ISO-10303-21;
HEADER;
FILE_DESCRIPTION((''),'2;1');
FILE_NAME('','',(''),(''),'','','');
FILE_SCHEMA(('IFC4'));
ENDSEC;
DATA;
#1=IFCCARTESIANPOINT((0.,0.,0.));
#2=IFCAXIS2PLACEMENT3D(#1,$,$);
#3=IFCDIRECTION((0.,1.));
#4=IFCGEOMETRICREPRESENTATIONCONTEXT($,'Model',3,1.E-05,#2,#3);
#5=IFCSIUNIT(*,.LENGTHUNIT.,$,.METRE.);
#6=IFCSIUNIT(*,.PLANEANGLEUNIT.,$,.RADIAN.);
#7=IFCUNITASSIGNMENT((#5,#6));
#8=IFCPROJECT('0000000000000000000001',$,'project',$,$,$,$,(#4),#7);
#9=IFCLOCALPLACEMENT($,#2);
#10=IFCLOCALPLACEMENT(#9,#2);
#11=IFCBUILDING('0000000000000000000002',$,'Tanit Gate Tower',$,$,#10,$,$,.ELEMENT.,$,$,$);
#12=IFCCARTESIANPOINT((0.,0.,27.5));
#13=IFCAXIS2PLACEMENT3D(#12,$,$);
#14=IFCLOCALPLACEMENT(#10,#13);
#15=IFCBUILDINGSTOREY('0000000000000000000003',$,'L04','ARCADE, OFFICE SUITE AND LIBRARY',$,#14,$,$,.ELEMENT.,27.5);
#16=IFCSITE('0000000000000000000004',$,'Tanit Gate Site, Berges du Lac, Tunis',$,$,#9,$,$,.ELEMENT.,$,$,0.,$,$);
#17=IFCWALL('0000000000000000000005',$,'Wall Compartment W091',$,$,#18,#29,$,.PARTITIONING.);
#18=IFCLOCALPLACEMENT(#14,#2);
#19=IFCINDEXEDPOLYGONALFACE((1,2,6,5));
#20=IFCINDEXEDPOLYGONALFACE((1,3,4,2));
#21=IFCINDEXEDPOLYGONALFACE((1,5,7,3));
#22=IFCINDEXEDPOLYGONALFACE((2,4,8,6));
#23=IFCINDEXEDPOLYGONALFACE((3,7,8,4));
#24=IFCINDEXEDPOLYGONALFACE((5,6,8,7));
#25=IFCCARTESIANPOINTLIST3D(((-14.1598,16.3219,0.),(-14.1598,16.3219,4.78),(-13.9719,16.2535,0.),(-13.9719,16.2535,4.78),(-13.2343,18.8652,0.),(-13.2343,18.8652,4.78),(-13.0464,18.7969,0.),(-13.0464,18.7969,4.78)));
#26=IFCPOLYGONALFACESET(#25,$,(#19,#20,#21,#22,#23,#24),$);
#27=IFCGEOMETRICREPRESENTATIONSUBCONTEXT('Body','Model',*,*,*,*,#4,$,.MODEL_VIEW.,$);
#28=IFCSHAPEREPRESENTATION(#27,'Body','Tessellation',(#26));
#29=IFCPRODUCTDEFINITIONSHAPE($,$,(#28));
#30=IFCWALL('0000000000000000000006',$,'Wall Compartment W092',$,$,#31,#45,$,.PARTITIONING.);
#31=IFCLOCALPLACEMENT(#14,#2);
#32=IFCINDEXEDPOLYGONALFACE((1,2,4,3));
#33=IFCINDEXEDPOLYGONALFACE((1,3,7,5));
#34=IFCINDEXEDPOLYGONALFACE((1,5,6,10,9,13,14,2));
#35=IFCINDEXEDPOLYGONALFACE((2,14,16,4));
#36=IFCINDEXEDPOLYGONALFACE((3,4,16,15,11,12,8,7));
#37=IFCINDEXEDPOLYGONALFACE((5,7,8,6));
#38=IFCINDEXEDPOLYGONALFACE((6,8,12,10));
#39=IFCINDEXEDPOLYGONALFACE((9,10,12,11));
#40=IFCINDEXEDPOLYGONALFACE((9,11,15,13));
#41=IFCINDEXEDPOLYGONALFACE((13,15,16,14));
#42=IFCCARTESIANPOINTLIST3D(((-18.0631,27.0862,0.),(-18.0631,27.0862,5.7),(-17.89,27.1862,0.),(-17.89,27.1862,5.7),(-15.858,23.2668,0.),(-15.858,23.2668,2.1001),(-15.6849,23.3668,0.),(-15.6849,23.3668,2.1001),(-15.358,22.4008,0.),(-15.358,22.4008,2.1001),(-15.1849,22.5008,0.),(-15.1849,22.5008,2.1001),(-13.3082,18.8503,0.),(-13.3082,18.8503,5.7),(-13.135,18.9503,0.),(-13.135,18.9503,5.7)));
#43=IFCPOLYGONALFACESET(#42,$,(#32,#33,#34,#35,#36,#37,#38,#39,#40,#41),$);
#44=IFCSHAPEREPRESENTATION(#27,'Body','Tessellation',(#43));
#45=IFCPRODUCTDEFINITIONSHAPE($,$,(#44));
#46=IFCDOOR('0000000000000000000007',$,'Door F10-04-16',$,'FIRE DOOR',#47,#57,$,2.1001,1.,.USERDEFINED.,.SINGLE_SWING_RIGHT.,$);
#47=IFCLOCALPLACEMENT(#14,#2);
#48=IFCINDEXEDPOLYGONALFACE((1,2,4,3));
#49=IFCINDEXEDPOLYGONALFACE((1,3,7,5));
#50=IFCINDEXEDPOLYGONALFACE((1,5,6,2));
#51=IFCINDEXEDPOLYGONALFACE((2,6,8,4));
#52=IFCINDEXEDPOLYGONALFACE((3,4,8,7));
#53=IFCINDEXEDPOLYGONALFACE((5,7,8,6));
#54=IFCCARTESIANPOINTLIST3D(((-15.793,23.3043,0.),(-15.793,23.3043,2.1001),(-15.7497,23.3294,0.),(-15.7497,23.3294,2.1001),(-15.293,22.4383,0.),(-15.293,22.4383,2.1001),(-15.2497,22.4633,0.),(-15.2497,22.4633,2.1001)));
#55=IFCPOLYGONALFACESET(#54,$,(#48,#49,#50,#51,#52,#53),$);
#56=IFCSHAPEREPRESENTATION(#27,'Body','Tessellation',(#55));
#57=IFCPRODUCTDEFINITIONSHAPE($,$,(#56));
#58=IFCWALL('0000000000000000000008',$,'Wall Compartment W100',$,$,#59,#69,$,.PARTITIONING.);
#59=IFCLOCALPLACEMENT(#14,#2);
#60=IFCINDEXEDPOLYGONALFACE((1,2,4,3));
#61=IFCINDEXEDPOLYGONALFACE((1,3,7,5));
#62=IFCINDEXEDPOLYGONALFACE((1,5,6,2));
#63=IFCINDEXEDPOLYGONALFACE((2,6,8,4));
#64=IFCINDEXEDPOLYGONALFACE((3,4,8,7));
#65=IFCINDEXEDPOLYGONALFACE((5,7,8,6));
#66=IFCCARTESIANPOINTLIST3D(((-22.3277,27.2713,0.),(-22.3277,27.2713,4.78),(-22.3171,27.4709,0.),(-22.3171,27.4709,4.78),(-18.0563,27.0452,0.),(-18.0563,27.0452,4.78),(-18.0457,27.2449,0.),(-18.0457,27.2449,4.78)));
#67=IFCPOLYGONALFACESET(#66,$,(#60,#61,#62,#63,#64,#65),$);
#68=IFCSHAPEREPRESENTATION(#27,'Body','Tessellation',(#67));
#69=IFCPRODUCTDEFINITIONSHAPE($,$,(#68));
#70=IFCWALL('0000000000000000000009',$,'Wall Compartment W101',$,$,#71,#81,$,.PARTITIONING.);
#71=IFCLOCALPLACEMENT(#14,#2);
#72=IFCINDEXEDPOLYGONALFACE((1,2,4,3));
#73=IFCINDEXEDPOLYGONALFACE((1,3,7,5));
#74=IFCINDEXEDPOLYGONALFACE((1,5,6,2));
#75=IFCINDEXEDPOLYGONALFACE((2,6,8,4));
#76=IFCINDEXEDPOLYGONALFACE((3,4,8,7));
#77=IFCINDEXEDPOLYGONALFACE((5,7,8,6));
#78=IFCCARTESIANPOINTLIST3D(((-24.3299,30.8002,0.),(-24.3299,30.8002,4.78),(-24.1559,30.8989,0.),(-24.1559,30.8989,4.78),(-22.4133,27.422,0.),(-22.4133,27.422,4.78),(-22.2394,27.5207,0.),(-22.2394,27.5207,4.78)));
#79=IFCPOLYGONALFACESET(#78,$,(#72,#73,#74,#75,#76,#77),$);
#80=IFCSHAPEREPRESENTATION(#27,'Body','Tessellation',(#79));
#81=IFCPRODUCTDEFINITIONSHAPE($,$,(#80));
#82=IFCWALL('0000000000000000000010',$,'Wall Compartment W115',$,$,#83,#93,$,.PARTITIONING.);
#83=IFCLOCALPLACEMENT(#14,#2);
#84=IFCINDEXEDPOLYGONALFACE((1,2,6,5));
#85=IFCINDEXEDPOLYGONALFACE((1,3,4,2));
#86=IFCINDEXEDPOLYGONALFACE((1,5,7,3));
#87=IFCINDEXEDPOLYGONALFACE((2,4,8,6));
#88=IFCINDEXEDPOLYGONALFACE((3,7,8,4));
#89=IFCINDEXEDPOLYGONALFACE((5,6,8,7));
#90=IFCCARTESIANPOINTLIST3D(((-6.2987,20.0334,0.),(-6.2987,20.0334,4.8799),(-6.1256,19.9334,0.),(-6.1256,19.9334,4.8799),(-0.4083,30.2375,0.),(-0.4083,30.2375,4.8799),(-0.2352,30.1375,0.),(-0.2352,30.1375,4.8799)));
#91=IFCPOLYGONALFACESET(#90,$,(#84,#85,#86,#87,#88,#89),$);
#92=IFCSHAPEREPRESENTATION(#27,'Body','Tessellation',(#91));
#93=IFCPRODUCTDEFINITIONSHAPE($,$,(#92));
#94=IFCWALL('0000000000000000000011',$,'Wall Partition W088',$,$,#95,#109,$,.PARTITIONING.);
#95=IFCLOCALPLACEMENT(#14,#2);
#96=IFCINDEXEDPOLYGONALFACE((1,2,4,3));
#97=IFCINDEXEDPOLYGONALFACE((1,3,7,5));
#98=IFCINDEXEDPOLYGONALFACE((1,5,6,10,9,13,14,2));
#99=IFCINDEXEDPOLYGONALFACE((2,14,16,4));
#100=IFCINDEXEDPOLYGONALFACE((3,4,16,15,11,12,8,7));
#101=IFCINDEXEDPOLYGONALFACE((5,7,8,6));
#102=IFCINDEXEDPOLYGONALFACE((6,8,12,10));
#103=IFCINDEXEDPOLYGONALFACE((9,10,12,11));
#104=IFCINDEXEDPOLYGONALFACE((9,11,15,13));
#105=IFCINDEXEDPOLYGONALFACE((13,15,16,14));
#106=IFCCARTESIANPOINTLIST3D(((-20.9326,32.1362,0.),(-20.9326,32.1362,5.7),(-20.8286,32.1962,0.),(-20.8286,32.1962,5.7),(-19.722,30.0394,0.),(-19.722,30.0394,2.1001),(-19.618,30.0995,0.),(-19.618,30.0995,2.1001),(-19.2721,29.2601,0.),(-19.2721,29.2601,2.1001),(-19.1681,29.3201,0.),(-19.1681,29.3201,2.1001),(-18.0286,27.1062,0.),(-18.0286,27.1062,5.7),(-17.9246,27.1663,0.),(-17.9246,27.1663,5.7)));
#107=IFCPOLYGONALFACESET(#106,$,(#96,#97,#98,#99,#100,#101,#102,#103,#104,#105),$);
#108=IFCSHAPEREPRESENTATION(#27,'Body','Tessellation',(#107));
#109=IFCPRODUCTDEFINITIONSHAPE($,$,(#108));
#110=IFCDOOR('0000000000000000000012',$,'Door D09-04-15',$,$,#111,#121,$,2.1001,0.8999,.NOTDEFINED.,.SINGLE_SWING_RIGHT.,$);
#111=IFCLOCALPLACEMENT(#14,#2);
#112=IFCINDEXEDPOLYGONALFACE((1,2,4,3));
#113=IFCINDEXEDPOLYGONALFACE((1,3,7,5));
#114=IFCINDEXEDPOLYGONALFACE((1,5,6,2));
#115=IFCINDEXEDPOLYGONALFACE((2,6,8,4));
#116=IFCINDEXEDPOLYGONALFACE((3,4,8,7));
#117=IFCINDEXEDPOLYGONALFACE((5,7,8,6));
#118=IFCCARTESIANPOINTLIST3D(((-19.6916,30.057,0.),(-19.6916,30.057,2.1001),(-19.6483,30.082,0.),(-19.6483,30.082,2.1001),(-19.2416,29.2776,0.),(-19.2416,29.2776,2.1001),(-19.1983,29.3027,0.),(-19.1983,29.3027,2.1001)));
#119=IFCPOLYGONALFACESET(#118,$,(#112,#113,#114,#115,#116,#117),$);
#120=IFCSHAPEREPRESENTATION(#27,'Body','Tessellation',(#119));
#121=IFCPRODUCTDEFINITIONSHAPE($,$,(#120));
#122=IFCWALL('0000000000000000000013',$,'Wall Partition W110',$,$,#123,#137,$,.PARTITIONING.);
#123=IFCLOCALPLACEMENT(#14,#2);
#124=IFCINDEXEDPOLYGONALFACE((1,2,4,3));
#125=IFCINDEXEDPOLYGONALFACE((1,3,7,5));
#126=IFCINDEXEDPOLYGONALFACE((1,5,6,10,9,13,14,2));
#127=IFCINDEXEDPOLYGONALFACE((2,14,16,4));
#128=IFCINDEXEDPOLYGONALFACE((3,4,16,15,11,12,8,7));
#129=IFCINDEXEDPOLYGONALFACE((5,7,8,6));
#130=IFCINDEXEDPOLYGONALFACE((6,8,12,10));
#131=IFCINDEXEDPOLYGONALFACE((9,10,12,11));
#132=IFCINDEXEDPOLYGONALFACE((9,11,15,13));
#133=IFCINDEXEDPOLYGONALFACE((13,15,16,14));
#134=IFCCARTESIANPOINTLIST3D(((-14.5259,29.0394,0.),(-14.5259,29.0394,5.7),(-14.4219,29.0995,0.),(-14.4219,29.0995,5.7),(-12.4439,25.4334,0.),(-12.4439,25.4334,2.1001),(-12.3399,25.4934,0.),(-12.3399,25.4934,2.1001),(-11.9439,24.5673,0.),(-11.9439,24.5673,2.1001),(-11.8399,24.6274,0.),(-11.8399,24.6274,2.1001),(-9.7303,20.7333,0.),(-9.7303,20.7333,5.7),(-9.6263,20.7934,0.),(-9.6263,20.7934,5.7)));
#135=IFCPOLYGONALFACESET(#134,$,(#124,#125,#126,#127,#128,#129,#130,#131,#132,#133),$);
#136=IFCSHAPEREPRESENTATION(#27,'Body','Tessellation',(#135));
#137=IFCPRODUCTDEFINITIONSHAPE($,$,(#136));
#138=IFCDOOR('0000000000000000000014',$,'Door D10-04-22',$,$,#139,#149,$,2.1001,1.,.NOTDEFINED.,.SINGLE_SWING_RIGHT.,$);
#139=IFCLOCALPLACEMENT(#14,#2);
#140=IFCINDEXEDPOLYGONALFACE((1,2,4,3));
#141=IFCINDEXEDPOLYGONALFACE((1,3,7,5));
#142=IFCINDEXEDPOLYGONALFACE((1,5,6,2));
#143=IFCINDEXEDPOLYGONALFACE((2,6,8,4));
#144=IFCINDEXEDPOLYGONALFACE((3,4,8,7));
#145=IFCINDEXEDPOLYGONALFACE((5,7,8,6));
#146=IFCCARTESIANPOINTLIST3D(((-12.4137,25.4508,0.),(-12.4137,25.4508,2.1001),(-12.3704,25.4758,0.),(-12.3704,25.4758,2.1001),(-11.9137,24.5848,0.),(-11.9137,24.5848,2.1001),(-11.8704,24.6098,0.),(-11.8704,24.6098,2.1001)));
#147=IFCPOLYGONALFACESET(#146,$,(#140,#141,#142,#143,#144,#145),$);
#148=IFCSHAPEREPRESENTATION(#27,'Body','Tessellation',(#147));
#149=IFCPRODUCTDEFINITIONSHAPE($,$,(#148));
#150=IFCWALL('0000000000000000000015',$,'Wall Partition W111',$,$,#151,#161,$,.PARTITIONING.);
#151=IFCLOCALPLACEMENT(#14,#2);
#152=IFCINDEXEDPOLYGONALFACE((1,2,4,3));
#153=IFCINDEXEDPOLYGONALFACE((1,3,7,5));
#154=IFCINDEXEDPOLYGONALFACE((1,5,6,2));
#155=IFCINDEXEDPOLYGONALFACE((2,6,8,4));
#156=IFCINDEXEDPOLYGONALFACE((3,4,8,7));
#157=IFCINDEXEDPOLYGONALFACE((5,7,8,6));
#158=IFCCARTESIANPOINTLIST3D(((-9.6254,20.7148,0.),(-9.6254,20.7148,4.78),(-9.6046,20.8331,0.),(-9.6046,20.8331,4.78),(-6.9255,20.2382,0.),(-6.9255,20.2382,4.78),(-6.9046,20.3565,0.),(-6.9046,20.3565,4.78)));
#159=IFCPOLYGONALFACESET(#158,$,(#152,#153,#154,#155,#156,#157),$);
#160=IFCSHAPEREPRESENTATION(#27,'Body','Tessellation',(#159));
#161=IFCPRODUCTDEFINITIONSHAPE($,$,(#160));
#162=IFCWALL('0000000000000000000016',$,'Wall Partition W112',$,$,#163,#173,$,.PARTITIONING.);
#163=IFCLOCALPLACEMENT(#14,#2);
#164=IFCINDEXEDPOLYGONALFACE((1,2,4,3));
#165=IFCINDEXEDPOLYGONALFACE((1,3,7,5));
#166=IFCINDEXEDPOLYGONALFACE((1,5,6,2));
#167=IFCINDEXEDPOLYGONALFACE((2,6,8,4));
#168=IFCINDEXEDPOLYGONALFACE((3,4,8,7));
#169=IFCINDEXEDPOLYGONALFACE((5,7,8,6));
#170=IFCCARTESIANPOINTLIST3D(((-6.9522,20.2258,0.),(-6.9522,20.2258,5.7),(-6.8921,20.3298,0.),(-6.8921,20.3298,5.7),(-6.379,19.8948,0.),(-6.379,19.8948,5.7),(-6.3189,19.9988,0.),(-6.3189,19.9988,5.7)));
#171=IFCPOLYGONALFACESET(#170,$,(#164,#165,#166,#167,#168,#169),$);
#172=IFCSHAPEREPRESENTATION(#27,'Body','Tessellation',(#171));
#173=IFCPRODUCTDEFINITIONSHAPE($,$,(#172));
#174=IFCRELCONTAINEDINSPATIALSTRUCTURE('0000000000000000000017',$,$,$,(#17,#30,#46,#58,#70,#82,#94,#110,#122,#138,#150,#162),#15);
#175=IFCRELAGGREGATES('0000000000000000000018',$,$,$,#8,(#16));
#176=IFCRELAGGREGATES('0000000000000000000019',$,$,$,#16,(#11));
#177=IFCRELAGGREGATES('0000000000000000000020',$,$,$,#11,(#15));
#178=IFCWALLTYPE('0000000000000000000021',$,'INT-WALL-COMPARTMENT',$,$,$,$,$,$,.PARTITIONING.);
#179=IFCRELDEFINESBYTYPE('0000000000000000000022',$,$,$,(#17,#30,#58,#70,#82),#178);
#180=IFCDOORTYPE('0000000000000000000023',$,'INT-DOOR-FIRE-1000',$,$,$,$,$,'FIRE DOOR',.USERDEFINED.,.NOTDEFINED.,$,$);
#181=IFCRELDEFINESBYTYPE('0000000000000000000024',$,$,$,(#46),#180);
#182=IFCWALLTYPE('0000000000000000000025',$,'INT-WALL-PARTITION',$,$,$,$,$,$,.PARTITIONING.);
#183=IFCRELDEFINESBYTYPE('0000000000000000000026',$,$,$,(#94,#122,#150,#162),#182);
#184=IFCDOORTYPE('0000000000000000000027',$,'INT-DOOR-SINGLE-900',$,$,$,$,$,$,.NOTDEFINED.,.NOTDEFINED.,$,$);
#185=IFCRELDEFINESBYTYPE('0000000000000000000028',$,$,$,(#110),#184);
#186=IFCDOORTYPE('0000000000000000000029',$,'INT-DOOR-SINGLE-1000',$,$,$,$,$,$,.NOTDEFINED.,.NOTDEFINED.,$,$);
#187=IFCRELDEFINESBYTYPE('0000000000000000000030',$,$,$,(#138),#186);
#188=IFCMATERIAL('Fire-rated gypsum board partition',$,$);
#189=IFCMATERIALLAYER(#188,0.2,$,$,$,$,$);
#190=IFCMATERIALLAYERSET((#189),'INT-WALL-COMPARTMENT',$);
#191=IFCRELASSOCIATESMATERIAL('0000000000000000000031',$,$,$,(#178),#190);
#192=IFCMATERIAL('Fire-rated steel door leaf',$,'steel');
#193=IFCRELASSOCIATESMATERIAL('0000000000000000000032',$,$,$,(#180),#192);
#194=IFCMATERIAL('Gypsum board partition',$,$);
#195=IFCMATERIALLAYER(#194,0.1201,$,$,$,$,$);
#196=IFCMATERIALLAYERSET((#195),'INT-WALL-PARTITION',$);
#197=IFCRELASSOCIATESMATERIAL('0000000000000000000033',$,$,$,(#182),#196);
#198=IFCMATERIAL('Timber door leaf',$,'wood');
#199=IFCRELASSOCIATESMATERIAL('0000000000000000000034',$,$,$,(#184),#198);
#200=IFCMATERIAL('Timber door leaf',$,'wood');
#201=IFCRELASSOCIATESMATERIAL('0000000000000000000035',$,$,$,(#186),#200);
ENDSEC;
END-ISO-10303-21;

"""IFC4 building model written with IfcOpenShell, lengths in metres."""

from ifc_helpers import new_model, si_unit, direction, frame, frame_2d, origin, place, context, subcontext, project, spatial, rectangle, extrude, material, layer, layer_set, type_object, element, fill, save


model = new_model("IFC4")

# Units and contexts
model_context = context("Model", 3, precision=1e-05, world=origin(), true_north=direction((0.0, 1.0)))
body_context = subcontext(model_context, "Body", "Model", "MODEL_VIEW")
ifc_project = project(units=[si_unit("LENGTHUNIT", "METRE"), si_unit("PLANEANGLEUNIT", "RADIAN")], contexts=[model_context])

# Site, building, storey
site_placement = place(None, origin())
site = spatial("IfcSite", under=ifc_project, at=site_placement, Name="Tanit Gate Site, Berges du Lac, Tunis", CompositionType="ELEMENT", RefElevation=0.0)
building_placement = place(site_placement, origin())
building = spatial("IfcBuilding", under=site, at=building_placement, Name="Tanit Gate Tower", CompositionType="ELEMENT")
storey_placement = place(building_placement, frame((0.0, 0.0, 27.5)))
storey = spatial("IfcBuildingStorey", under=building, at=storey_placement, Name="L04", Description="ARCADE, OFFICE SUITE AND LIBRARY", CompositionType="ELEMENT", Elevation=27.5)

# Wall
ifc_material_1 = material(Name="Fire-rated gypsum board partition")
ifc_layer_1 = layer(ifc_material_1, 0.2)
ifc_layer_set_1 = layer_set([ifc_layer_1], Name="INT-WALL-COMPARTMENT")
wall_type_1 = type_object("IfcWallType", Name="INT-WALL-COMPARTMENT", PredefinedType="PARTITIONING", material=ifc_layer_set_1)
wall_1_placement = place(storey_placement, frame((-13.1404, 18.8311, 0.0), z_axis=(0.0, 0.0, 1.0), x_axis=(-0.341953, -0.939717, 0.0)))
element("IfcWall", 1, at=wall_1_placement, inside=storey, type_object=wall_type_1, Name="Wall Compartment W091", PredefinedType="PARTITIONING", context=body_context, shape_type="SweptSolid", body=[
    extrude(rectangle(XDim=2.7065, YDim=0.2, at=frame_2d((1.3533, 0.0))), origin(), (0.0, 0.0, 1.0), 4.78),
])

# Wall, opening, door
wall_2_placement = place(storey_placement, frame((-13.2217, 18.9004, 0.0), z_axis=(0.0, 0.0, 1.0), x_axis=(-0.499994, 0.866029, 0.0)))
wall_2 = element("IfcWall", 2, at=wall_2_placement, inside=storey, type_object=wall_type_1, Name="Wall Compartment W092", PredefinedType="PARTITIONING", context=body_context, shape_type="SweptSolid", body=[
    extrude(rectangle(XDim=9.51, YDim=0.2, at=frame_2d((4.7549, 0.0))), origin(), (0.0, 0.0, 1.0), 5.7),
])
opening_1_placement = place(wall_2_placement, frame((4.0996, 0.0, 0.0)))
opening_1 = element("IfcOpeningElement", 3, at=opening_1_placement, cuts=wall_2, PredefinedType="OPENING", context=body_context, shape_type="SweptSolid", body=[
    extrude(rectangle(XDim=1.0, YDim=2.1001, at=frame_2d((0.5, 1.05))), frame((0.0, 0.1099, 0.0), z_axis=(0.0, -1.0, 0.0), x_axis=(1.0, 0.0, 0.0)), (0.0, 0.0, 1.0), 0.22),
])
ifc_material_2 = material(Name="Fire-rated steel door leaf", Category="steel")
door_type_1 = type_object("IfcDoorType", Name="INT-DOOR-FIRE-1000", ElementType="FIRE DOOR", OperationType="NOTDEFINED", PredefinedType="USERDEFINED", material=ifc_material_2)
door_1_placement = place(opening_1_placement, origin())
door_1 = element("IfcDoor", 4, at=door_1_placement, inside=storey, type_object=door_type_1, Name="Door F10-04-16", ObjectType="FIRE DOOR", OperationType="SINGLE_SWING_RIGHT", OverallHeight=2.1001, OverallWidth=1.0, PredefinedType="USERDEFINED", context=body_context, shape_type="SweptSolid", body=[
    extrude(rectangle(XDim=1.0, YDim=2.1001, at=frame_2d((0.5, 1.05))), frame((0.0, 0.0249, 0.0), z_axis=(0.0, -1.0, 0.0), x_axis=(1.0, 0.0, 0.0)), (0.0, 0.0, 1.0), 0.05),
])
fill(opening_1, door_1)

# Walls
wall_3_placement = place(storey_placement, frame((-18.051, 27.145, 0.0), z_axis=(0.0, 0.0, 1.0), x_axis=(-0.998602, 0.052852, 0.0)))
element("IfcWall", 5, at=wall_3_placement, inside=storey, type_object=wall_type_1, Name="Wall Compartment W100", PredefinedType="PARTITIONING", context=body_context, shape_type="SweptSolid", body=[
    extrude(rectangle(XDim=4.2773, YDim=0.2, at=frame_2d((2.1387, 0.0))), origin(), (0.0, 0.0, 1.0), 4.78),
])
wall_4_placement = place(storey_placement, frame((-22.3264, 27.4714, 0.0), z_axis=(0.0, 0.0, 1.0), x_axis=(-0.493442, 0.869779, 0.0)))
element("IfcWall", 6, at=wall_4_placement, inside=storey, type_object=wall_type_1, Name="Wall Compartment W101", PredefinedType="PARTITIONING", context=body_context, shape_type="SweptSolid", body=[
    extrude(rectangle(XDim=3.884, YDim=0.2, at=frame_2d((1.9419, 0.0))), origin(), (0.0, 0.0, 1.0), 4.78),
])
wall_5_placement = place(storey_placement, frame((-6.2122, 19.9834, 0.0), z_axis=(0.0, 0.0, 1.0), x_axis=(0.499939, 0.866061, 0.0)))
element("IfcWall", 7, at=wall_5_placement, inside=storey, type_object=wall_type_1, Name="Wall Compartment W115", PredefinedType="PARTITIONING", context=body_context, shape_type="SweptSolid", body=[
    extrude(rectangle(XDim=11.7822, YDim=0.2, at=frame_2d((5.8911, 0.0))), origin(), (0.0, 0.0, 1.0), 4.8799),
])

# Walls, openings, doors
ifc_material_3 = material(Name="Gypsum board partition")
ifc_layer_2 = layer(ifc_material_3, 0.1201)
ifc_layer_set_2 = layer_set([ifc_layer_2], Name="INT-WALL-PARTITION")
wall_type_2 = type_object("IfcWallType", Name="INT-WALL-PARTITION", PredefinedType="PARTITIONING", material=ifc_layer_set_2)
wall_6_placement = place(storey_placement, frame((-17.9766, 27.1362, 0.0), z_axis=(0.0, 0.0, 1.0), x_axis=(-0.499995, 0.866028, 0.0)))
wall_6 = element("IfcWall", 8, at=wall_6_placement, inside=storey, type_object=wall_type_2, Name="Wall Partition W088", PredefinedType="PARTITIONING", context=body_context, shape_type="SweptSolid", body=[
    extrude(rectangle(XDim=5.8081, YDim=0.1201, at=frame_2d((2.9041, 0.0))), origin(), (0.0, 0.0, 1.0), 5.7),
])
opening_2_placement = place(wall_6_placement, frame((2.4871, 0.0, 0.0)))
opening_2 = element("IfcOpeningElement", 9, at=opening_2_placement, cuts=wall_6, PredefinedType="OPENING", context=body_context, shape_type="SweptSolid", body=[
    extrude(rectangle(XDim=0.8999, YDim=2.1001, at=frame_2d((0.45, 1.05))), frame((0.0, 0.0701, 0.0), z_axis=(0.0, -1.0, 0.0), x_axis=(1.0, 0.0, 0.0)), (0.0, 0.0, 1.0), 0.1401),
])
ifc_material_4 = material(Name="Timber door leaf", Category="wood")
door_type_2 = type_object("IfcDoorType", Name="INT-DOOR-SINGLE-900", OperationType="NOTDEFINED", PredefinedType="NOTDEFINED", material=ifc_material_4)
door_2_placement = place(opening_2_placement, origin())
door_2 = element("IfcDoor", 10, at=door_2_placement, inside=storey, type_object=door_type_2, Name="Door D09-04-15", OperationType="SINGLE_SWING_RIGHT", OverallHeight=2.1001, OverallWidth=0.8999, PredefinedType="NOTDEFINED", context=body_context, shape_type="SweptSolid", body=[
    extrude(rectangle(XDim=0.8999, YDim=2.1001, at=frame_2d((0.45, 1.05))), frame((0.0, 0.0249, 0.0), z_axis=(0.0, -1.0, 0.0), x_axis=(1.0, 0.0, 0.0)), (0.0, 0.0, 1.0), 0.05),
])
fill(opening_2, door_2)
wall_7_placement = place(storey_placement, frame((-14.4739, 29.0693, 0.0), z_axis=(0.0, 0.0, 1.0), x_axis=(0.500007, -0.866021, 0.0)))
wall_7 = element("IfcWall", 11, at=wall_7_placement, inside=storey, type_object=wall_type_2, Name="Wall Partition W110", PredefinedType="PARTITIONING", context=body_context, shape_type="SweptSolid", body=[
    extrude(rectangle(XDim=9.5911, YDim=0.1201, at=frame_2d((4.7954, 0.0))), origin(), (0.0, 0.0, 1.0), 5.7),
])
opening_3_placement = place(wall_7_placement, frame((4.1638, 0.0, 0.0)))
opening_3 = element("IfcOpeningElement", 12, at=opening_3_placement, cuts=wall_7, PredefinedType="OPENING", context=body_context, shape_type="SweptSolid", body=[
    extrude(rectangle(XDim=1.0, YDim=2.1001, at=frame_2d((0.5, 1.05))), frame((0.0, 0.0701, 0.0), z_axis=(0.0, -1.0, 0.0), x_axis=(1.0, 0.0, 0.0)), (0.0, 0.0, 1.0), 0.1401),
])
ifc_material_5 = material(Name="Timber door leaf", Category="wood")
door_type_3 = type_object("IfcDoorType", Name="INT-DOOR-SINGLE-1000", OperationType="NOTDEFINED", PredefinedType="NOTDEFINED", material=ifc_material_5)
door_3_placement = place(opening_3_placement, origin())
door_3 = element("IfcDoor", 13, at=door_3_placement, inside=storey, type_object=door_type_3, Name="Door D10-04-22", OperationType="SINGLE_SWING_RIGHT", OverallHeight=2.1001, OverallWidth=1.0, PredefinedType="NOTDEFINED", context=body_context, shape_type="SweptSolid", body=[
    extrude(rectangle(XDim=1.0, YDim=2.1001, at=frame_2d((0.5, 1.05))), frame((0.0, 0.0249, 0.0), z_axis=(0.0, -1.0, 0.0), x_axis=(1.0, 0.0, 0.0)), (0.0, 0.0, 1.0), 0.05),
])
fill(opening_3, door_3)

# Walls
wall_8_placement = place(storey_placement, frame((-6.915, 20.2974, 0.0), z_axis=(0.0, 0.0, 1.0), x_axis=(-0.984777, 0.173821, 0.0)))
element("IfcWall", 14, at=wall_8_placement, inside=storey, type_object=wall_type_2, Name="Wall Partition W111", PredefinedType="PARTITIONING", context=body_context, shape_type="SweptSolid", body=[
    extrude(rectangle(XDim=2.7417, YDim=0.1201, at=frame_2d((1.3708, 0.0))), origin(), (0.0, 0.0, 1.0), 4.78),
])
wall_9_placement = place(storey_placement, frame((-6.3489, 19.9468, 0.0), z_axis=(0.0, 0.0, 1.0), x_axis=(-0.865964, 0.500106, 0.0)))
element("IfcWall", 15, at=wall_9_placement, inside=storey, type_object=wall_type_2, Name="Wall Partition W112", PredefinedType="PARTITIONING", context=body_context, shape_type="SweptSolid", body=[
    extrude(rectangle(XDim=0.6619, YDim=0.1201, at=frame_2d((0.3311, 0.0))), origin(), (0.0, 0.0, 1.0), 5.7),
])

save(model, "model.ifc")
